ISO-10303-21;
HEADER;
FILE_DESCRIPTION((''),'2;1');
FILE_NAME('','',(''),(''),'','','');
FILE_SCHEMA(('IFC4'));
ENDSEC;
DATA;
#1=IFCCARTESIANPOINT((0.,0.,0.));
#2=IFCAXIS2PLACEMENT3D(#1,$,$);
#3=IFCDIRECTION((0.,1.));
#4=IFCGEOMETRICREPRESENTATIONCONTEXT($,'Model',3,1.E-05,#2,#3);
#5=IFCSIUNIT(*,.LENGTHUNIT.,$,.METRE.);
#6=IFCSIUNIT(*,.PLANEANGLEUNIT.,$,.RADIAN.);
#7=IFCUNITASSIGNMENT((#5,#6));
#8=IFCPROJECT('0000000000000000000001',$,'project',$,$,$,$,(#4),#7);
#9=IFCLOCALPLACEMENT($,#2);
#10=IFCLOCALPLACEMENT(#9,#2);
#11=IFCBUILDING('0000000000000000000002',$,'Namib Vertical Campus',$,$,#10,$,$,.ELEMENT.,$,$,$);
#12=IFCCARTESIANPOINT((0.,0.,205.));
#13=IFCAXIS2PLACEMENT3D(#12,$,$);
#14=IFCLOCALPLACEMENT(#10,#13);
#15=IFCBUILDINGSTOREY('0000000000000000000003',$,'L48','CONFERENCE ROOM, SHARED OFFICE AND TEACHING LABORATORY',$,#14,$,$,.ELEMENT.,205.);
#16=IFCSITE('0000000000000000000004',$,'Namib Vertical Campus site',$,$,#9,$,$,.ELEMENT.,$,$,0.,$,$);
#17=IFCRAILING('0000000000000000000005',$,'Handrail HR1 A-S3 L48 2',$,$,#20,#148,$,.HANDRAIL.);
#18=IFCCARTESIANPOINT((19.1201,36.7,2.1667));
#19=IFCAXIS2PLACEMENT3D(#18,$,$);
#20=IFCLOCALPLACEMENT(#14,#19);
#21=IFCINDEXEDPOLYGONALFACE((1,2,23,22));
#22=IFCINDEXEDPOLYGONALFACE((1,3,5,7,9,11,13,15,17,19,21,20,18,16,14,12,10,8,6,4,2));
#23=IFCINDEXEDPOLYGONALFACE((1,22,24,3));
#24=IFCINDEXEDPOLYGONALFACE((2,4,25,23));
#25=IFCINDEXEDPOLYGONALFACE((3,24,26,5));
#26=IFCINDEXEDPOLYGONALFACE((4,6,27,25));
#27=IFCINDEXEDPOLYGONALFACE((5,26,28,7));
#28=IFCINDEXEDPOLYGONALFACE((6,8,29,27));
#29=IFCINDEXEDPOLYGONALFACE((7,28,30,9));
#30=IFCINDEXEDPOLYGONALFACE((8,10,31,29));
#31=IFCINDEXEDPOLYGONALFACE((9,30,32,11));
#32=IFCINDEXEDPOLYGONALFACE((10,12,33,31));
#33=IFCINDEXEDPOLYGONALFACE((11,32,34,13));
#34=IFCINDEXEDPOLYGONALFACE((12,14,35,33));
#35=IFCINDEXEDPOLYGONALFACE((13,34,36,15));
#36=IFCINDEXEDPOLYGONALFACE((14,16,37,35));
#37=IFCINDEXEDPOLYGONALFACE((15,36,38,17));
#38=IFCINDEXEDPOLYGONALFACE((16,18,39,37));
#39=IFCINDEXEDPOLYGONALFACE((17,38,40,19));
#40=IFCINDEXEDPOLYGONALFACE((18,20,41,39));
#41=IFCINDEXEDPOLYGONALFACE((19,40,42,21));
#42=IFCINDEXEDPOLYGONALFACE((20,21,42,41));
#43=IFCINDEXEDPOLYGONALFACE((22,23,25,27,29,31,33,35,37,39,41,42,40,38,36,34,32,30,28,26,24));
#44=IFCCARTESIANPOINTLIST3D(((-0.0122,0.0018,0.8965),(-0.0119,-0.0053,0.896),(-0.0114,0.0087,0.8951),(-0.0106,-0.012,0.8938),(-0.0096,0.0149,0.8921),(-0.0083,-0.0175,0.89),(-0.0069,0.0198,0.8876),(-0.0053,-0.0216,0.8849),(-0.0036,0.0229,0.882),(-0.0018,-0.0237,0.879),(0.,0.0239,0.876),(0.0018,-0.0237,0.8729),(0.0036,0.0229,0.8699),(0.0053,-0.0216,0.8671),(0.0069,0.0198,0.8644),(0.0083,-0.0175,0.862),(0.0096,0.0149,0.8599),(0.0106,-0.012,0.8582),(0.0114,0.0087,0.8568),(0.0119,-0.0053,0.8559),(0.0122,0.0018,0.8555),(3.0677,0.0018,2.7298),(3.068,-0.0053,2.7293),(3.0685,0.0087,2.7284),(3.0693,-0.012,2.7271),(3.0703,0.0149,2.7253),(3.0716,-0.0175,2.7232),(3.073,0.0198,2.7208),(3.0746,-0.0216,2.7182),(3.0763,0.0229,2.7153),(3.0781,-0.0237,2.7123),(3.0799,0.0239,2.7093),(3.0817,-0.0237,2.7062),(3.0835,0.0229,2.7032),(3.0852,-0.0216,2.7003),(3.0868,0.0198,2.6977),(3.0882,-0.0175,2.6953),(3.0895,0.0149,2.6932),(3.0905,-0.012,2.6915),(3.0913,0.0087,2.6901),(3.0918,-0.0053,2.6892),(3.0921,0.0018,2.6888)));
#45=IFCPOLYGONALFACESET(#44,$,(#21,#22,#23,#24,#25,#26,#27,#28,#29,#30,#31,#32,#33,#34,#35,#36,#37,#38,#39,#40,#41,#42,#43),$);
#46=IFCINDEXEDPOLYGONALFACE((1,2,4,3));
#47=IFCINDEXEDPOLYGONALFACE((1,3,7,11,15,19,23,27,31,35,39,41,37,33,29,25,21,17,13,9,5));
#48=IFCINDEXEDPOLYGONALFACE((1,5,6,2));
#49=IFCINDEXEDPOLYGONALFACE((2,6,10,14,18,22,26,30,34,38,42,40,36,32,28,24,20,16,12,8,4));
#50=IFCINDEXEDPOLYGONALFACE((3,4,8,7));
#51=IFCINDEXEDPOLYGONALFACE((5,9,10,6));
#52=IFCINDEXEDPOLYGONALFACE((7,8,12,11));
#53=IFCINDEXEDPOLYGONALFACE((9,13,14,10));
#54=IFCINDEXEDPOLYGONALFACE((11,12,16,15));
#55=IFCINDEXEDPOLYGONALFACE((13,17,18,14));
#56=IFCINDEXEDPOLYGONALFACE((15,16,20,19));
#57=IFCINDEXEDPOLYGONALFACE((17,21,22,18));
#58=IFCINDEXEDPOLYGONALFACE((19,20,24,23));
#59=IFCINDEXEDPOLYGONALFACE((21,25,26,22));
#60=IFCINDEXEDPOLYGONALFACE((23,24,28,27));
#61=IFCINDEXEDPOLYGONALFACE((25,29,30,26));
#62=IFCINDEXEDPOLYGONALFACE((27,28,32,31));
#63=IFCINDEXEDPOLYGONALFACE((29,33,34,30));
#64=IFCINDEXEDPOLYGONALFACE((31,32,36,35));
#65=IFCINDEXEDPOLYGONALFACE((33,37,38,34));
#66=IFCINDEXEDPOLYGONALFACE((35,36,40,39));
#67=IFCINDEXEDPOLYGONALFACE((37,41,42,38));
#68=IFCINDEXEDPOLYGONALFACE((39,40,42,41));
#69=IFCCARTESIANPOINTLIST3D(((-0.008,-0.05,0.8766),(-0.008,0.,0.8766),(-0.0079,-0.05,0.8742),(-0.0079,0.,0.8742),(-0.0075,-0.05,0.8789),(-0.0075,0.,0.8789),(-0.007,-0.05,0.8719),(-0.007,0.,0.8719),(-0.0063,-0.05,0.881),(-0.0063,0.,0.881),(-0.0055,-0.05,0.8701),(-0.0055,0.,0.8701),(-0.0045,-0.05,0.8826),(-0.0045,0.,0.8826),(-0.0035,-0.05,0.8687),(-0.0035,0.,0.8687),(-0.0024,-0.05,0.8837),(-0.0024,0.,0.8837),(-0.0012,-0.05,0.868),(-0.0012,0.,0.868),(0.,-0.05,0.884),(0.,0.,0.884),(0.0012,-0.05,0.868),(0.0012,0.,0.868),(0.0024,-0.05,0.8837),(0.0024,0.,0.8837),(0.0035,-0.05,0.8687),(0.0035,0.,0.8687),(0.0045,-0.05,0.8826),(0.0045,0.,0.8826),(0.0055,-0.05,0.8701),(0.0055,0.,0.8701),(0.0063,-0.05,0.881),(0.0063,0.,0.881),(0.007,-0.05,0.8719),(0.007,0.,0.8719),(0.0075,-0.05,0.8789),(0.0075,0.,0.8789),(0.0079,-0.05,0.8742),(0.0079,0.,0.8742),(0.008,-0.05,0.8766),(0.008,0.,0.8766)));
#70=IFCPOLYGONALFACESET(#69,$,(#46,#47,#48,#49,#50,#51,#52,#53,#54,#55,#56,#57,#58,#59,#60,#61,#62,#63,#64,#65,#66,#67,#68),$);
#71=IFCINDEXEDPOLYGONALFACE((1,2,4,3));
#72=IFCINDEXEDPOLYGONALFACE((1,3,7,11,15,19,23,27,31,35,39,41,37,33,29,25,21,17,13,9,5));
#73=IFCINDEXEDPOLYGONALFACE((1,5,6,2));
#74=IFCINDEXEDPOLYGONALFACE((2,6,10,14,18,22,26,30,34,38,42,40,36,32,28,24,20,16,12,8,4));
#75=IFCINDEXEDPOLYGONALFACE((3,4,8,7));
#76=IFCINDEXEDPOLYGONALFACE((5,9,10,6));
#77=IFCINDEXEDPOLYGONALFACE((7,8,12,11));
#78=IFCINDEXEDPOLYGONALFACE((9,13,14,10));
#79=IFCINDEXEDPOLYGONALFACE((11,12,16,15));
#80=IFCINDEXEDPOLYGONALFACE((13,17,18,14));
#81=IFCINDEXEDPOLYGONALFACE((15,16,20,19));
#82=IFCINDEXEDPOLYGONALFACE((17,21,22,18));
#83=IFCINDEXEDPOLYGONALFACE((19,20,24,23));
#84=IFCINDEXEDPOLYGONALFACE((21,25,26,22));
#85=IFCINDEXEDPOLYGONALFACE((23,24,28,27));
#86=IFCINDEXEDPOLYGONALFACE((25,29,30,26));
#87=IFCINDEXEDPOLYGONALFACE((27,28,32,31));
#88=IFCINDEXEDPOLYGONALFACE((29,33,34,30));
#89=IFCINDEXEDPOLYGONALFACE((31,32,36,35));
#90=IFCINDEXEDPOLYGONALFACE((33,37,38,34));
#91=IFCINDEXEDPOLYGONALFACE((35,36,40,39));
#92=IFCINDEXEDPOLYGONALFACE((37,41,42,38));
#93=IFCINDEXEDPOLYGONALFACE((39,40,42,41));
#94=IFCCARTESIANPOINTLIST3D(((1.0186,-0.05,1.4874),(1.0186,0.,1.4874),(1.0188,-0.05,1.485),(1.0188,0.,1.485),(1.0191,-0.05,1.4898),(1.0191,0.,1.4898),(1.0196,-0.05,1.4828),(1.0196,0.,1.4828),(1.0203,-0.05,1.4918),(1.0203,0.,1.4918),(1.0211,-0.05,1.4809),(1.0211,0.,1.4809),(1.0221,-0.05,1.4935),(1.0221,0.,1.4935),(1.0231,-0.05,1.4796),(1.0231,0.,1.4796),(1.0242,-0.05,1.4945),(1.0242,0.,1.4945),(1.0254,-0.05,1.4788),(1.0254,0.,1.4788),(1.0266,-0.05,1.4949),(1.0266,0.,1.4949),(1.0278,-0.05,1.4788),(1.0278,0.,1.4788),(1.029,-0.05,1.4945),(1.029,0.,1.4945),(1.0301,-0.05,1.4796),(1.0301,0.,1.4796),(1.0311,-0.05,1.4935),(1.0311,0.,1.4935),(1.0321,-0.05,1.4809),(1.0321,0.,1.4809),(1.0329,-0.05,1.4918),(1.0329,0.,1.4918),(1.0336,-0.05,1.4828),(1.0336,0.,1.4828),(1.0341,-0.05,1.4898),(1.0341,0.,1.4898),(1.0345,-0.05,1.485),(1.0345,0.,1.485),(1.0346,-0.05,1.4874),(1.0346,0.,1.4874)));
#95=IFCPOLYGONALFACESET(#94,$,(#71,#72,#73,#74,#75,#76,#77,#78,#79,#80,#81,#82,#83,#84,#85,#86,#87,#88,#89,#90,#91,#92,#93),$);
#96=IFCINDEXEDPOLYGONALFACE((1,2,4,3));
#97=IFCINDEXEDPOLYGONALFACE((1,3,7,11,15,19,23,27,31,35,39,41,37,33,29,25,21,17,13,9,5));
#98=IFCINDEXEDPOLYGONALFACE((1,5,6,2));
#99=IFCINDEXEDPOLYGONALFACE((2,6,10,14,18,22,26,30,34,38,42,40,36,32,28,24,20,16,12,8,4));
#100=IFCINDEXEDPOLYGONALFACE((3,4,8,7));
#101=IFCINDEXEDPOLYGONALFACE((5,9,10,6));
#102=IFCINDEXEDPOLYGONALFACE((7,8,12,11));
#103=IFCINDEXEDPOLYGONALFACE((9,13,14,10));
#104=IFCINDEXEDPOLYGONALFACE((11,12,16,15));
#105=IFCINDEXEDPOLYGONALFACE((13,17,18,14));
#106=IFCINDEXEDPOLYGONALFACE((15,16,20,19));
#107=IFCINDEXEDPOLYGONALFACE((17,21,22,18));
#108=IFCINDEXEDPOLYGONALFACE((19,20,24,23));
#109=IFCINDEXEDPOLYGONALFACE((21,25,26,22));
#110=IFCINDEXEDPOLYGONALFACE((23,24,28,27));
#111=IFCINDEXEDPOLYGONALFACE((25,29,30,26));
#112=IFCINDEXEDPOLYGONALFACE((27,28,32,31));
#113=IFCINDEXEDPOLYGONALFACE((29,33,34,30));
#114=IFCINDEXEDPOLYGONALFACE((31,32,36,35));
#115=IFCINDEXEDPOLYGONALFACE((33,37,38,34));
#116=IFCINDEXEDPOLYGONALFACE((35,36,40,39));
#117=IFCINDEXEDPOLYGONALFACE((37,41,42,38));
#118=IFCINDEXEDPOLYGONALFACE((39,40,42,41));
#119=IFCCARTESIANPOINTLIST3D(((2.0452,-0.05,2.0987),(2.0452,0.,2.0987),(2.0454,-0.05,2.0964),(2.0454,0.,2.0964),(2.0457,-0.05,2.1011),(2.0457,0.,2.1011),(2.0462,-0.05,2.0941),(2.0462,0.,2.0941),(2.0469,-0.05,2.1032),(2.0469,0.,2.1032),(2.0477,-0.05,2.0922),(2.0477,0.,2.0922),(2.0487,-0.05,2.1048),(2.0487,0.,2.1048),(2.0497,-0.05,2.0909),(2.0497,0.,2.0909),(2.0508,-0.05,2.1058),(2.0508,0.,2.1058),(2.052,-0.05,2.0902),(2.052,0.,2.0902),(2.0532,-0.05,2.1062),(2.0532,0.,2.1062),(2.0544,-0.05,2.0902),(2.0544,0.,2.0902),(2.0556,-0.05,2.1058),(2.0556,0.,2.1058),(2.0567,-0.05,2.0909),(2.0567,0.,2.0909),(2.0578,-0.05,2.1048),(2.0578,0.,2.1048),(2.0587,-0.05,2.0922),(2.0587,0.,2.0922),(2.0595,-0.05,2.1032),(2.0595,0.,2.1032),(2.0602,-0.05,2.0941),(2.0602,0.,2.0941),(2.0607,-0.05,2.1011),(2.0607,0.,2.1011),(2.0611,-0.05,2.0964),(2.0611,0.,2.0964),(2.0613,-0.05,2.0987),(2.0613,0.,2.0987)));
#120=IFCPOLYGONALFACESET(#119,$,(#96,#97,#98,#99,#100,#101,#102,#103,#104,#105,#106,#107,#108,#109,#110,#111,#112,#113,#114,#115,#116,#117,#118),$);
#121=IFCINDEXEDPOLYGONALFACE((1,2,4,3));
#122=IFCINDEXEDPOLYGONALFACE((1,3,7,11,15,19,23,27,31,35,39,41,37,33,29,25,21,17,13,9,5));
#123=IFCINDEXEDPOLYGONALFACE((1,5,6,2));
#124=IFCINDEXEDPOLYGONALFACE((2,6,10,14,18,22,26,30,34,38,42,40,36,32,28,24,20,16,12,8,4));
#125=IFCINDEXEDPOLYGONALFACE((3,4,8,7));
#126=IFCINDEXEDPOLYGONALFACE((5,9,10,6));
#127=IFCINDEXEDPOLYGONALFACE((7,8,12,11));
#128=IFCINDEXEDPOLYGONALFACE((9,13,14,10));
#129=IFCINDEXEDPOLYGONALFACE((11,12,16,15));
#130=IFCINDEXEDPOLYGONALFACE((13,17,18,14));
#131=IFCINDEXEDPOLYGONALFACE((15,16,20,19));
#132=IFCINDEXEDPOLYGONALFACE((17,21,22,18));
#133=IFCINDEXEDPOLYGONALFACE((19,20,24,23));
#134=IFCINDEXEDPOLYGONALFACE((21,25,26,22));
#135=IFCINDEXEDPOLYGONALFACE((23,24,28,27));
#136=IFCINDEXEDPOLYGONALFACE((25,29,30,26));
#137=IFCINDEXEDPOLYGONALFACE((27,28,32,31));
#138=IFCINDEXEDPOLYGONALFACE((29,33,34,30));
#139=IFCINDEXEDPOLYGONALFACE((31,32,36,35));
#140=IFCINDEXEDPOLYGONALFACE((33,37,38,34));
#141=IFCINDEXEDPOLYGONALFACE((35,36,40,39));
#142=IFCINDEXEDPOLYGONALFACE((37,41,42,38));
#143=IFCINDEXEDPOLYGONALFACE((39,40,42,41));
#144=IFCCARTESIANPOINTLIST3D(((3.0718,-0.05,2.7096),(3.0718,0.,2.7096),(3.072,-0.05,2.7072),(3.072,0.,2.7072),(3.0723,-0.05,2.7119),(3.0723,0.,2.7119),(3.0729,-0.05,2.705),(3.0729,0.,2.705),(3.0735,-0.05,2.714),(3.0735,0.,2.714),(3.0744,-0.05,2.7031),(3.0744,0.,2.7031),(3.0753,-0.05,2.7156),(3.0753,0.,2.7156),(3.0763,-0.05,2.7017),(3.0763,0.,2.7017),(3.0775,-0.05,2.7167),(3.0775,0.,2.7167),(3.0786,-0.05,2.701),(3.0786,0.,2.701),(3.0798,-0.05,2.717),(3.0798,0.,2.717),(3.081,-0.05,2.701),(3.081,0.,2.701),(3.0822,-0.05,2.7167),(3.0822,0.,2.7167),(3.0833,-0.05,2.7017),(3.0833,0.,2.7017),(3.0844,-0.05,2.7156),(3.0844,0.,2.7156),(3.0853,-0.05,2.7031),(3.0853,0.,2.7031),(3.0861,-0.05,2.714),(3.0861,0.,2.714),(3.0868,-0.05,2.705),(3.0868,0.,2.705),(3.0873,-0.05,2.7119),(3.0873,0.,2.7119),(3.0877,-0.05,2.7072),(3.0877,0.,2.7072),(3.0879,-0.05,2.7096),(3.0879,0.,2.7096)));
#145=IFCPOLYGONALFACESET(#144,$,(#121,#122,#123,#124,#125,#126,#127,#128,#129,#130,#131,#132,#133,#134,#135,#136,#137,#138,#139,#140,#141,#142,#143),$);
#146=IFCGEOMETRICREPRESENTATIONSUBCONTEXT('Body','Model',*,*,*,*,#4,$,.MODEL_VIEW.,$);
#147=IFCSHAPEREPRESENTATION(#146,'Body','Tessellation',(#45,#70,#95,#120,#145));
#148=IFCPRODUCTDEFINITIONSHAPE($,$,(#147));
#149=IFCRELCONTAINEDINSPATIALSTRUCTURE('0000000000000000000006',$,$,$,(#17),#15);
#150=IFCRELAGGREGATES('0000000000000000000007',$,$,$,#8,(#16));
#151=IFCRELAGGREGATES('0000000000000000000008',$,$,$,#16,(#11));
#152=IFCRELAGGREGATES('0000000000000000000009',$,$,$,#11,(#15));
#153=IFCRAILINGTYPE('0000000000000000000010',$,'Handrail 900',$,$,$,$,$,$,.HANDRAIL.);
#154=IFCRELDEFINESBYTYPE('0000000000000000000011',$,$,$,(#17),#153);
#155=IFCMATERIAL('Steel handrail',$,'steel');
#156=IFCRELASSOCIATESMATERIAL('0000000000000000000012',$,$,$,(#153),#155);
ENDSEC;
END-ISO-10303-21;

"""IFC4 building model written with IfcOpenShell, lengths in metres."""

from ifc_helpers import new_model, si_unit, direction, frame, origin, origin_2d, place, context, subcontext, project, spatial, circle, extrude, material, type_object, element, save


model = new_model("IFC4")

# Units and contexts
model_context = context("Model", 3, precision=1e-05, world=origin(), true_north=direction((0.0, 1.0)))
body_context = subcontext(model_context, "Body", "Model", "MODEL_VIEW")
ifc_project = project(units=[si_unit("LENGTHUNIT", "METRE"), si_unit("PLANEANGLEUNIT", "RADIAN")], contexts=[model_context])

# Site, building, storey
site_placement = place(None, origin())
site = spatial("IfcSite", under=ifc_project, at=site_placement, Name="Namib Vertical Campus site", CompositionType="ELEMENT", RefElevation=0.0)
building_placement = place(site_placement, origin())
building = spatial("IfcBuilding", under=site, at=building_placement, Name="Namib Vertical Campus", CompositionType="ELEMENT")
storey_placement = place(building_placement, frame((0.0, 0.0, 205.0)))
storey = spatial("IfcBuildingStorey", under=building, at=storey_placement, Name="L48", Description="CONFERENCE ROOM, SHARED OFFICE AND TEACHING LABORATORY", CompositionType="ELEMENT", Elevation=205.0)

# Railing
ifc_material_1 = material(Name="Steel handrail", Category="steel")
railing_type_1 = type_object("IfcRailingType", Name="Handrail 900", PredefinedType="HANDRAIL", material=ifc_material_1)
railing_1_placement = place(storey_placement, frame((19.1201, 36.7, 2.1667)))
element("IfcRailing", 1, at=railing_1_placement, inside=storey, type_object=railing_type_1, Name="Handrail HR1 A-S3 L48 2", PredefinedType="HANDRAIL", context=body_context, shape_type="SweptSolid", body=[
    extrude(circle(Radius=0.0239, at=origin_2d()), frame((0.0, 0.0, 0.876), z_axis=(0.859291, 0.0, 0.511487), x_axis=(0.0, 1.0, 0.0)), (0.0, 0.0, 1.0), 3.5842),
    extrude(circle(Radius=0.0081, at=origin_2d()), frame((0.0, 0.0, 0.876), z_axis=(0.0, -1.0, 0.0), x_axis=(0.0, 0.0, 1.0)), (0.0, 0.0, 1.0), 0.05),
    extrude(circle(Radius=0.0081, at=origin_2d()), frame((1.0266, 0.0, 1.4868), z_axis=(0.0, -1.0, 0.0), x_axis=(0.0, 0.0, 1.0)), (0.0, 0.0, 1.0), 0.05),
    extrude(circle(Radius=0.0081, at=origin_2d()), frame((2.0532, 0.0, 2.0981), z_axis=(0.0, -1.0, 0.0), x_axis=(0.0, 0.0, 1.0)), (0.0, 0.0, 1.0), 0.05),
    extrude(circle(Radius=0.0081, at=origin_2d()), frame((3.0798, 0.0, 2.709), z_axis=(0.0, -1.0, 0.0), x_axis=(0.0, 0.0, 1.0)), (0.0, 0.0, 1.0), 0.05),
])

save(model, "model.ifc")
